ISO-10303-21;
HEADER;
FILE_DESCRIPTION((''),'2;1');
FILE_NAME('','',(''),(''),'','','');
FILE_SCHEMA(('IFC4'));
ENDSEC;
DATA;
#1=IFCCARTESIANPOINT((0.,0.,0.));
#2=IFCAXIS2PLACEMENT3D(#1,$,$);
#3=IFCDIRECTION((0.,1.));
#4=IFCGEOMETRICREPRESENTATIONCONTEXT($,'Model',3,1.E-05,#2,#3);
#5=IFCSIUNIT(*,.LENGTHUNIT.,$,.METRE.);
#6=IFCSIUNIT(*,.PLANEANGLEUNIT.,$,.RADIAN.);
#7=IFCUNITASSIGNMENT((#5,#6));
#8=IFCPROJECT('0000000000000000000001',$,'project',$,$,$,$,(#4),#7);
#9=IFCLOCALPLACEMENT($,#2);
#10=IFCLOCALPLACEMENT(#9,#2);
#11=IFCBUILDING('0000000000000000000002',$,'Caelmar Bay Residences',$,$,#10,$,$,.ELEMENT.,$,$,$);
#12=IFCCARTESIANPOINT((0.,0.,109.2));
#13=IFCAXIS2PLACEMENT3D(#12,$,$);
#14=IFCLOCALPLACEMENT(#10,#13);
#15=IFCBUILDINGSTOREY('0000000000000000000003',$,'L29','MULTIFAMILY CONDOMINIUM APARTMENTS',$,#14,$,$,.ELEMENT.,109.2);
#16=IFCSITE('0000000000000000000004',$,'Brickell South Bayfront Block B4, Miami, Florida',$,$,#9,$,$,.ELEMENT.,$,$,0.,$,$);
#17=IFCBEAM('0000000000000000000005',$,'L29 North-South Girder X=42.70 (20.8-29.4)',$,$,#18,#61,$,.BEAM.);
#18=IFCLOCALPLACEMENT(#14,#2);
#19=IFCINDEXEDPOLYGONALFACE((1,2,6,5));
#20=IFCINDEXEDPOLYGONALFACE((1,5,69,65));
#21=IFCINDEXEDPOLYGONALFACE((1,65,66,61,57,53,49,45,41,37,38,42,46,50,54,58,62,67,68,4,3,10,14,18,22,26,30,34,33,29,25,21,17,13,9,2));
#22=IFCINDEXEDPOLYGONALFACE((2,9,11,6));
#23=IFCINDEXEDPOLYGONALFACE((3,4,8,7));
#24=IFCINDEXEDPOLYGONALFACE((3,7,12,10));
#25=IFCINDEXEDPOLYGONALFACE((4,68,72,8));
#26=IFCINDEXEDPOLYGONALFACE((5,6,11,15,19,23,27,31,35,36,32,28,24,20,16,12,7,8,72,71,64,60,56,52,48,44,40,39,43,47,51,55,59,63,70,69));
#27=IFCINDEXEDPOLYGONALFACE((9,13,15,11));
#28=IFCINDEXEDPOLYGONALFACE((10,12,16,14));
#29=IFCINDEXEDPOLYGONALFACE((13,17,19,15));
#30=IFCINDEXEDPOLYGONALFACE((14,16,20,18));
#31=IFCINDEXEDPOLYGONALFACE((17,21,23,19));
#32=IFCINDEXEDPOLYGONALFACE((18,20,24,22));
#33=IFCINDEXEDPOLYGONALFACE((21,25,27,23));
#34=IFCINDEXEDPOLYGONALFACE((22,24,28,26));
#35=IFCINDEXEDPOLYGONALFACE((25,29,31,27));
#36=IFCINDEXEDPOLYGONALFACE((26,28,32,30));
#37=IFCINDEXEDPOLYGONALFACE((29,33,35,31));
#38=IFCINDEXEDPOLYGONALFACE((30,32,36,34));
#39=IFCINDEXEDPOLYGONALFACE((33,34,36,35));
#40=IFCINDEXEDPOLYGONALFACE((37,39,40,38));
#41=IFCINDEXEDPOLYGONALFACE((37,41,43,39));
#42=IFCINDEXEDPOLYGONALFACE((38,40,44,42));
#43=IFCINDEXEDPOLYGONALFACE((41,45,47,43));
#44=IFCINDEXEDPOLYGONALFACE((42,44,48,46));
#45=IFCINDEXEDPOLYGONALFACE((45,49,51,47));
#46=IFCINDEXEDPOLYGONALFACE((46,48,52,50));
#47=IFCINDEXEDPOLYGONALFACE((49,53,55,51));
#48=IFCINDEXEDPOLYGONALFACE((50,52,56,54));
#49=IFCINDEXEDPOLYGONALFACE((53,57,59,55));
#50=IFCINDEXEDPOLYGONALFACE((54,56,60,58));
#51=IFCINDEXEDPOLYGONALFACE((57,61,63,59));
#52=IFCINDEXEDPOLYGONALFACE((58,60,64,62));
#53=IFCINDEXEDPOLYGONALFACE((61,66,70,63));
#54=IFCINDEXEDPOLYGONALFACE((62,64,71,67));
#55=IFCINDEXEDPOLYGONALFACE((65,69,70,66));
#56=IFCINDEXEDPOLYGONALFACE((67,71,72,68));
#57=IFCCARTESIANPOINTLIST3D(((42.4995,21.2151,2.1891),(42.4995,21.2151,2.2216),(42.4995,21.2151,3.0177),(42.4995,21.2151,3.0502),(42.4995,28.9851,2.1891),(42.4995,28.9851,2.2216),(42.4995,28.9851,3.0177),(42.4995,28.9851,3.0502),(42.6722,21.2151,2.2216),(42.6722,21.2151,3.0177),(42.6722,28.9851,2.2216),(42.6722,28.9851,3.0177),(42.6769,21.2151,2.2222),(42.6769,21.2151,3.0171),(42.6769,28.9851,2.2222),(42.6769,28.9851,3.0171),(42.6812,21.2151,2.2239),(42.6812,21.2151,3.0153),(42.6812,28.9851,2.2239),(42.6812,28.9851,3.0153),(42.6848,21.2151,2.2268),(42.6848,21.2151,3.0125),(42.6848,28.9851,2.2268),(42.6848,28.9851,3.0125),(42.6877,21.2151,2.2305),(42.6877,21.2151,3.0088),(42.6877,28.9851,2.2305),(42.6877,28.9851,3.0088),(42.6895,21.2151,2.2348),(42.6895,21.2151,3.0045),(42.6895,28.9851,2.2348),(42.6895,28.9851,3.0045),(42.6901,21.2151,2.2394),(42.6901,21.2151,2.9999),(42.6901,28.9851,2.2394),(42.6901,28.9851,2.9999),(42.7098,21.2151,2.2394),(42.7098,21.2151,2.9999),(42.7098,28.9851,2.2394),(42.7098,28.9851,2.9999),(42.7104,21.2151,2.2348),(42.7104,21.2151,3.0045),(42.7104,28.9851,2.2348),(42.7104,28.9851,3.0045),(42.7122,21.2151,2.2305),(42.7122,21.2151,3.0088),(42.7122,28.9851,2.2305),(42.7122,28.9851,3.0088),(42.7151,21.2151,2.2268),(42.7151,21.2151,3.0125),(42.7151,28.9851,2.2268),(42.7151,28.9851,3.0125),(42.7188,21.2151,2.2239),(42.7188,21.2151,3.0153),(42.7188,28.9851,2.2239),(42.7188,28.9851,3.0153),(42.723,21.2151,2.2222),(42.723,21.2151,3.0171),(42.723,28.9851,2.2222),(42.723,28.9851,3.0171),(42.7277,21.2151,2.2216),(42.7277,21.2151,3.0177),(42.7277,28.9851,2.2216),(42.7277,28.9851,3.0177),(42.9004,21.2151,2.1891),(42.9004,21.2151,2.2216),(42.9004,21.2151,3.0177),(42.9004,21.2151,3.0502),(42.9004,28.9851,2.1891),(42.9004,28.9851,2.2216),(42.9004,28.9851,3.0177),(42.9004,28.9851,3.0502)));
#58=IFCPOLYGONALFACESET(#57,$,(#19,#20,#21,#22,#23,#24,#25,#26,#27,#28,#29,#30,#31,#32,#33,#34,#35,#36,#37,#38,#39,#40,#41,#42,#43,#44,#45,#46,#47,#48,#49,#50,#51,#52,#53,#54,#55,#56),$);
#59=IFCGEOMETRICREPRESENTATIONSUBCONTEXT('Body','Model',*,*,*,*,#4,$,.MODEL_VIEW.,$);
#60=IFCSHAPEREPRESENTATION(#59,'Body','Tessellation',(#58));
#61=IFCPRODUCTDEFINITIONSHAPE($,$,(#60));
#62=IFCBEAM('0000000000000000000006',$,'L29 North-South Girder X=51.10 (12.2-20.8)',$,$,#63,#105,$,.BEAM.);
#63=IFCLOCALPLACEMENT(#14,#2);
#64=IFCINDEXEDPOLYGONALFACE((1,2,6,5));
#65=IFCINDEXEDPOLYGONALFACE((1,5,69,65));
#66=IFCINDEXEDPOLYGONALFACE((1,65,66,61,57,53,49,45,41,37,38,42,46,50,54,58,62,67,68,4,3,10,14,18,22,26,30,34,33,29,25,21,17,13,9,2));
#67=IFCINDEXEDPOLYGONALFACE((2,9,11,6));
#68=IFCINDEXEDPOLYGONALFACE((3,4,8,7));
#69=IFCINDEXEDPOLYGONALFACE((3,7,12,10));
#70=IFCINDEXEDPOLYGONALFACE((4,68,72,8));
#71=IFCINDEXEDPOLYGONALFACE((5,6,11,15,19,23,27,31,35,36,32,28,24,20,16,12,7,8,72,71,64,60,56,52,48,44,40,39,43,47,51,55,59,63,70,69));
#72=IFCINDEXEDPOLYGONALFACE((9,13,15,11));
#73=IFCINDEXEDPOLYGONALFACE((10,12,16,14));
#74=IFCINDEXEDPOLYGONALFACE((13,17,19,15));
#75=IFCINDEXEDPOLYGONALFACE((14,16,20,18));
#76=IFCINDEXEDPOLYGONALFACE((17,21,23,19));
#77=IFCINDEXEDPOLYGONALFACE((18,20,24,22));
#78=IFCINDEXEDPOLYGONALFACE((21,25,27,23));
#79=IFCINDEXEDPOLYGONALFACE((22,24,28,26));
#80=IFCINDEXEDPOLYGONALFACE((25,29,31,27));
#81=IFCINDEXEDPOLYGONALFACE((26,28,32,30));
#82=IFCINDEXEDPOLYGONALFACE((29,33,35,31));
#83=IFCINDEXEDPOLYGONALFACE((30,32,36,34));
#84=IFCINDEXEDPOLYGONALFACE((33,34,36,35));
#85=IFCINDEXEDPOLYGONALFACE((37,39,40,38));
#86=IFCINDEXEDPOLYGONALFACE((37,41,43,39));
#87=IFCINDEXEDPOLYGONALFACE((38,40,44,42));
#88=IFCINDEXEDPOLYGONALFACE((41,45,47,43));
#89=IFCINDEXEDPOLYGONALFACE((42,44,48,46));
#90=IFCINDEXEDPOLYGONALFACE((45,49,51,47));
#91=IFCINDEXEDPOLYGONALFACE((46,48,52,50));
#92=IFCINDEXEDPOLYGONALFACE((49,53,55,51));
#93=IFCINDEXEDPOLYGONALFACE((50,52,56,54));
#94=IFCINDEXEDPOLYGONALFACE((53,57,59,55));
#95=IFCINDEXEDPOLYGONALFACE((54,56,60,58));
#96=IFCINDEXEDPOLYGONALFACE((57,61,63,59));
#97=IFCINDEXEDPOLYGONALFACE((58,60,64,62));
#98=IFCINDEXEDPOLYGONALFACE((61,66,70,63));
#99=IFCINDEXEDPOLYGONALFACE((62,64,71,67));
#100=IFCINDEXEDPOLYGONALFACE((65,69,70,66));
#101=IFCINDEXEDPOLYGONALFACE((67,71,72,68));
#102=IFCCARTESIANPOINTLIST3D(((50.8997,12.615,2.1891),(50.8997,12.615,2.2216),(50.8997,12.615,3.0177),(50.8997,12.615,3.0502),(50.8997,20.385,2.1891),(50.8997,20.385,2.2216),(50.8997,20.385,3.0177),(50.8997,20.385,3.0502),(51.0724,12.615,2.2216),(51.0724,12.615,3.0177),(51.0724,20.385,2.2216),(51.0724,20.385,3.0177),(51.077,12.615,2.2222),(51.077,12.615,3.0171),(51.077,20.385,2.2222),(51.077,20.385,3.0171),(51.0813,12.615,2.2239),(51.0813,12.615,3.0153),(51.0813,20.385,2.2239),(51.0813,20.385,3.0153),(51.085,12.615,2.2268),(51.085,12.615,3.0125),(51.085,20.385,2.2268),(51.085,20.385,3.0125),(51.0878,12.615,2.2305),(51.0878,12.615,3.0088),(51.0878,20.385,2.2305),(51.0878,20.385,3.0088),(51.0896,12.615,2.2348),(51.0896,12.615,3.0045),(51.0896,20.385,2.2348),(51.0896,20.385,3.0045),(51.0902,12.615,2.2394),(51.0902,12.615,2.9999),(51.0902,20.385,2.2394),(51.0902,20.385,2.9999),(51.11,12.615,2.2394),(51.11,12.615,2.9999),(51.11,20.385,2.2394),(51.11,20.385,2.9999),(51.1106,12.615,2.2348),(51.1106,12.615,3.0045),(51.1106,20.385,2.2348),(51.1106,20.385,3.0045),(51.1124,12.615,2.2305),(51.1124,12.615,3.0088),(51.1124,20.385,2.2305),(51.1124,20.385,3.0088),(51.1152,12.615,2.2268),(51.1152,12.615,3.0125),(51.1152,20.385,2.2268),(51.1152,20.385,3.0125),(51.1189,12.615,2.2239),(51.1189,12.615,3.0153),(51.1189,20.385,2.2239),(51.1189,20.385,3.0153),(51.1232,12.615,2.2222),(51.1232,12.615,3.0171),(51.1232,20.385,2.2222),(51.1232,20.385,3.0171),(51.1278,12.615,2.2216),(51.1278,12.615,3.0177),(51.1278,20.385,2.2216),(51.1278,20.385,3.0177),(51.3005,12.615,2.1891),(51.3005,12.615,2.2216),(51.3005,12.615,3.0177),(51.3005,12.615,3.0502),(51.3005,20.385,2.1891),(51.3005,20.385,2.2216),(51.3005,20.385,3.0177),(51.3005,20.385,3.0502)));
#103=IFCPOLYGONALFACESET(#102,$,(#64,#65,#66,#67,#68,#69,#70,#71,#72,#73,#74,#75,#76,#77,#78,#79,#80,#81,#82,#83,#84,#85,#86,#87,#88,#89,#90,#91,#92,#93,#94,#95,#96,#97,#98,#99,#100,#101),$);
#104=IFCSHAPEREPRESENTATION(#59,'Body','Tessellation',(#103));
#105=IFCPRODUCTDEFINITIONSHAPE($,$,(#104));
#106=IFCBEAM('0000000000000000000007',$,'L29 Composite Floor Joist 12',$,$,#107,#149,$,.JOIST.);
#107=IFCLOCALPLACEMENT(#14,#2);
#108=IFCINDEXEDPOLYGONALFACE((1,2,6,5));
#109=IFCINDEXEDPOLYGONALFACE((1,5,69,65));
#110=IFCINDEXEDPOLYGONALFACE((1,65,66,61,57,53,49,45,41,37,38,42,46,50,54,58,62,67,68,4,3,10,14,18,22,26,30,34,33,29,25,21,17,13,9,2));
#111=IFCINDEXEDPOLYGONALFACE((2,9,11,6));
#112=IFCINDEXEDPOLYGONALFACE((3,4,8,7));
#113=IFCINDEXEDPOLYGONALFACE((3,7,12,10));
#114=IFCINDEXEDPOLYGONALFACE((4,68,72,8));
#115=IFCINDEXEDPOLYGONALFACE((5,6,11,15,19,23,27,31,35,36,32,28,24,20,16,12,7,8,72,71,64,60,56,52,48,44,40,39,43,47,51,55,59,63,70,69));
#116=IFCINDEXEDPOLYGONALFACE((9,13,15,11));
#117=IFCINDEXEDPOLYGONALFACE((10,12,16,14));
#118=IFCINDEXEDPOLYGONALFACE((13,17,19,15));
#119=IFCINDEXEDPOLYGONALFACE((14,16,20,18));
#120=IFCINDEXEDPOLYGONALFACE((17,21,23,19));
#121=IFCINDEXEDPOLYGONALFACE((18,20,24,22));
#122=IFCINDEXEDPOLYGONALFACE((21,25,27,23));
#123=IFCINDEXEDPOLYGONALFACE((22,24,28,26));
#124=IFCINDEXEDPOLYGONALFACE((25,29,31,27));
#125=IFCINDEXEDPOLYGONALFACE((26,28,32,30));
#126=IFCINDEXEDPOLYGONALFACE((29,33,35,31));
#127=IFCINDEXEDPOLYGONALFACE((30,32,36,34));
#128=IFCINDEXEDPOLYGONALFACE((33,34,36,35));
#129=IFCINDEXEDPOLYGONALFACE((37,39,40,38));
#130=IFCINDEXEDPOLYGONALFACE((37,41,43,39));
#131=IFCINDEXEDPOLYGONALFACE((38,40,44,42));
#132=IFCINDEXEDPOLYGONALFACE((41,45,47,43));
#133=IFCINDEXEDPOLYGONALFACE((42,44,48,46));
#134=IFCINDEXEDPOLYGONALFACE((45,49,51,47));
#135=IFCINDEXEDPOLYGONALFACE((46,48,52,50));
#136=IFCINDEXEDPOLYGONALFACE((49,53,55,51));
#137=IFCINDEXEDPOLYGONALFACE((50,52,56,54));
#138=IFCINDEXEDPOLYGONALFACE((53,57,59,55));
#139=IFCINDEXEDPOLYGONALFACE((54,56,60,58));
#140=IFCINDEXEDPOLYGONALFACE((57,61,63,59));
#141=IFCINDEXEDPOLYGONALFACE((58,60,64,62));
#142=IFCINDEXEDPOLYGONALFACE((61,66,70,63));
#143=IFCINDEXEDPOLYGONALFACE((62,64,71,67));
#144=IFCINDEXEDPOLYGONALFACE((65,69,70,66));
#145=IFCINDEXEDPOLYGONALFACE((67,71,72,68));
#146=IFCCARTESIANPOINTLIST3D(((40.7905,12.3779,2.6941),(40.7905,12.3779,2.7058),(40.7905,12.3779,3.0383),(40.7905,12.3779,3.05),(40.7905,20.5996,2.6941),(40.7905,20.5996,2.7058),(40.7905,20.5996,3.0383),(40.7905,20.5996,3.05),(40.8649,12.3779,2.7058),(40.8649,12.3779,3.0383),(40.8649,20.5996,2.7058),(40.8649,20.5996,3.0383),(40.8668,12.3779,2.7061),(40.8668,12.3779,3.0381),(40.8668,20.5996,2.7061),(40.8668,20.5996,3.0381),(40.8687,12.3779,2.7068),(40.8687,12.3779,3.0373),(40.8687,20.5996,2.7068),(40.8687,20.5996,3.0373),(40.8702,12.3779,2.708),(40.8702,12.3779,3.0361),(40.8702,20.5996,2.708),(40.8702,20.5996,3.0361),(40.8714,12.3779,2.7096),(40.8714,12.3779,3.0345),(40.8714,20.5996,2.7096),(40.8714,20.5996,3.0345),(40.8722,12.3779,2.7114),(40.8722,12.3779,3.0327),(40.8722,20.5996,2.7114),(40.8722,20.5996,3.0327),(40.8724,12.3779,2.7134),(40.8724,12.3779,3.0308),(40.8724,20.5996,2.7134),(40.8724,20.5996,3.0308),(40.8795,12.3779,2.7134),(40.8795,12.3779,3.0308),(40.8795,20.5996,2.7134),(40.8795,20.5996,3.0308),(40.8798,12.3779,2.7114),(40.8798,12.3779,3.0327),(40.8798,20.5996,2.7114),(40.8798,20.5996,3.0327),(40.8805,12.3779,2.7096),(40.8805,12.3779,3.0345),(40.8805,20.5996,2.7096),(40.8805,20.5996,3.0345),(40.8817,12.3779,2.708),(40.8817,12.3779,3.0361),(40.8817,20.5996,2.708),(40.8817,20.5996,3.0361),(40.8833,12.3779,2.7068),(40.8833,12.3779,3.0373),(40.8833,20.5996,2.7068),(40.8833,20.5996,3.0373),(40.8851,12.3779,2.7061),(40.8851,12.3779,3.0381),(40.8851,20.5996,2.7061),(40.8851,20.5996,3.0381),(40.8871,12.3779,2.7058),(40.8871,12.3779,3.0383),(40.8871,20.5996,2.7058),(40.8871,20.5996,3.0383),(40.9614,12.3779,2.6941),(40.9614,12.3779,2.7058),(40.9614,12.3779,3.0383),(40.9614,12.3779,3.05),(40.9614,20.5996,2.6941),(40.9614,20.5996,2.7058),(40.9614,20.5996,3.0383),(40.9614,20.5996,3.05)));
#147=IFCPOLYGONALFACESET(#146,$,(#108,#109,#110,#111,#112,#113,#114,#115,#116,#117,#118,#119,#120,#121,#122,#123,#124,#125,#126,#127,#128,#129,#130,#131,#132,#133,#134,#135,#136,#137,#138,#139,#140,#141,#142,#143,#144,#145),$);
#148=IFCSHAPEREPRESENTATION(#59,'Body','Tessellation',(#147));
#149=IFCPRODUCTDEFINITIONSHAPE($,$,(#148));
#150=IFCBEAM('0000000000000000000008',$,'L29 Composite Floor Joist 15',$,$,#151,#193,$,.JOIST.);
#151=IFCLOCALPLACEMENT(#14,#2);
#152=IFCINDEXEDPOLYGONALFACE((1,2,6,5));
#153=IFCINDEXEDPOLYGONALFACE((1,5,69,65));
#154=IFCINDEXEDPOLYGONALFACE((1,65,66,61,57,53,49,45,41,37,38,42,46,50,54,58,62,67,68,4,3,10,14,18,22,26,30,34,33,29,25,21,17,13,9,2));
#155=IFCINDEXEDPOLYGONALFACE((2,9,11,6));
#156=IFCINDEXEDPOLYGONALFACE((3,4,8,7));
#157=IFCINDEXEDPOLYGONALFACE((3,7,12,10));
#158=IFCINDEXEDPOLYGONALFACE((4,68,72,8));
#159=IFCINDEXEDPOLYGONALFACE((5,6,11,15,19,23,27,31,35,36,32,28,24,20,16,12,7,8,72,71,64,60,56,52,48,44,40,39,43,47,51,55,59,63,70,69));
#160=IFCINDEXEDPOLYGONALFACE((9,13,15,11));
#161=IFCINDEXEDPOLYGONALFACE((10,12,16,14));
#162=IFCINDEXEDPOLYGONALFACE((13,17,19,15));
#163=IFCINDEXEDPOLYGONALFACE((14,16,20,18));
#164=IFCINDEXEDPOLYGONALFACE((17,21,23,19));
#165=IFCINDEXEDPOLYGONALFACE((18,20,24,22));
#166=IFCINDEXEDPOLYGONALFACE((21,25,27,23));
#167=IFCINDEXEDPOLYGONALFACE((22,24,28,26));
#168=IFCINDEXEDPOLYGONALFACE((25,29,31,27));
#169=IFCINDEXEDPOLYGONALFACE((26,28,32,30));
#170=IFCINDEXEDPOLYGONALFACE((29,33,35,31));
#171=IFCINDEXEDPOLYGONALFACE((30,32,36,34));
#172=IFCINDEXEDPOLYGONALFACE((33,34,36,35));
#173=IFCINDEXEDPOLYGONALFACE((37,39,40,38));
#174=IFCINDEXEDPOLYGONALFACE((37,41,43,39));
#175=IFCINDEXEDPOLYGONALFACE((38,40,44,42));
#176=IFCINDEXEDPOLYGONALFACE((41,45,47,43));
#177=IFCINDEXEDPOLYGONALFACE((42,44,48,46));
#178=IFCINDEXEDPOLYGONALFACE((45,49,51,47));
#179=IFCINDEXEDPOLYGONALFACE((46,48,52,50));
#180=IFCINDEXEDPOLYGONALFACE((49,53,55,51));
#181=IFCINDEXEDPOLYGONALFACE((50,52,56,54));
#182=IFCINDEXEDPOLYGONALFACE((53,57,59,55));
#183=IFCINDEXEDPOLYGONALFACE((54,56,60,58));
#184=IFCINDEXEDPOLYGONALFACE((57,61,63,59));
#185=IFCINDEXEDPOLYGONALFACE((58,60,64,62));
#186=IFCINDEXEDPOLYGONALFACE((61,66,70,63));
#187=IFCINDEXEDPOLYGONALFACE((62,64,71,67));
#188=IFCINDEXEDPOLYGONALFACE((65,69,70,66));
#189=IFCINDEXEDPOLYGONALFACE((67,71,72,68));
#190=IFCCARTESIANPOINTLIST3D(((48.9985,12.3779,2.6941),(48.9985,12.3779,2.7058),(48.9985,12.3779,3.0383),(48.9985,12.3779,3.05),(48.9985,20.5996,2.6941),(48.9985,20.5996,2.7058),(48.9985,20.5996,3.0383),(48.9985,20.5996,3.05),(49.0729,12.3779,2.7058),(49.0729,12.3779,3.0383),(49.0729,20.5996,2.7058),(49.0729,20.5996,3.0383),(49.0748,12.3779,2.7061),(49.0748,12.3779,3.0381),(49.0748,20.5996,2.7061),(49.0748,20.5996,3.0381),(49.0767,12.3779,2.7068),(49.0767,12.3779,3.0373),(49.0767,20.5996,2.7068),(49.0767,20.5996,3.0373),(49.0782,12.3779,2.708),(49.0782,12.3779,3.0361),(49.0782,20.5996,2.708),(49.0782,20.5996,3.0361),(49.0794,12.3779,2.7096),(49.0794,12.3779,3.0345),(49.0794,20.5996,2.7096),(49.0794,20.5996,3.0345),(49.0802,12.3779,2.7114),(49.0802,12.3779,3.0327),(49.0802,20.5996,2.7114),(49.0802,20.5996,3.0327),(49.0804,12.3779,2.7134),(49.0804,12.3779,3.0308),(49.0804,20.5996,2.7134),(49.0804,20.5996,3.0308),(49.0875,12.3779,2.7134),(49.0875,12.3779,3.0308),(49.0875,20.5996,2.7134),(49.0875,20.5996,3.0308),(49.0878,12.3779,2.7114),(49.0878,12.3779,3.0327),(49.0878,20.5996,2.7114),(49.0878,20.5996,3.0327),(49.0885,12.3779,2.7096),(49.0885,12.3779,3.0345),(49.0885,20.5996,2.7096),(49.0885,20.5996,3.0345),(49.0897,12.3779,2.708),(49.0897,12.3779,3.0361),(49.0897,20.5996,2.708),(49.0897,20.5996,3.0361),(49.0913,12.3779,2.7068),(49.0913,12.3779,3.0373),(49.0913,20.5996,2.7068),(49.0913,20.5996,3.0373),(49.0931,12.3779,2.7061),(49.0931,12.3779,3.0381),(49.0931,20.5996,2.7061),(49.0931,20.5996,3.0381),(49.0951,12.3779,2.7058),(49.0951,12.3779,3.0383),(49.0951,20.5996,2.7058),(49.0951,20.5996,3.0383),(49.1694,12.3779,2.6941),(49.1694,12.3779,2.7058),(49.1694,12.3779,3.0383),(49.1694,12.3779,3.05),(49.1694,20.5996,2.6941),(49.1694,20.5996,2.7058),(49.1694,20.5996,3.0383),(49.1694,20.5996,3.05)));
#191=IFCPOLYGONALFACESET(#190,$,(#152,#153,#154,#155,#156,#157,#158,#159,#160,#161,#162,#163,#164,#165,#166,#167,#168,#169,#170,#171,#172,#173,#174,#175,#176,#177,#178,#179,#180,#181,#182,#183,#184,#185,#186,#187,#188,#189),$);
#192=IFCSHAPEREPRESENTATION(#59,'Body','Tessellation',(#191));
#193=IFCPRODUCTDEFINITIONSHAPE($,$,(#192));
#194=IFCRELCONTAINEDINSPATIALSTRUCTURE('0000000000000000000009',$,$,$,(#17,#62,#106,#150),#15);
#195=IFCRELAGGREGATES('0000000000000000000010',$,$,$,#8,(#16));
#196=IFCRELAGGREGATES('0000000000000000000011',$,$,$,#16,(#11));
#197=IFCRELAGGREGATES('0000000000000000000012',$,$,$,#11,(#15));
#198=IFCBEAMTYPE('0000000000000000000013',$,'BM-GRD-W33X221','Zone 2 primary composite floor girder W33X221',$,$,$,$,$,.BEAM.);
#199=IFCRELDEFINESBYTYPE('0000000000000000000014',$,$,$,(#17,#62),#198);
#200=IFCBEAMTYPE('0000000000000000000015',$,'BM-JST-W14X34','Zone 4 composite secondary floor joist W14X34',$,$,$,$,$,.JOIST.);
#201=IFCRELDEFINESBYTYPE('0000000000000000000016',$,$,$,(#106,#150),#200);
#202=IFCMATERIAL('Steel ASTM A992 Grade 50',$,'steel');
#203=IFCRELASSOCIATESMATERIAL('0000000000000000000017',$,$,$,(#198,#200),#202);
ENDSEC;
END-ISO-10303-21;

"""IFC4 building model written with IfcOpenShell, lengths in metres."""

from ifc_helpers import new_model, si_unit, direction, frame, origin, origin_2d, place, context, subcontext, project, spatial, i_section, extrude, material, material_profile, profile_set, type_object, element, save


model = new_model("IFC4")

# Units and contexts
model_context = context("Model", 3, precision=1e-05, world=origin(), true_north=direction((0.0, 1.0)))
body_context = subcontext(model_context, "Body", "Model", "MODEL_VIEW")
ifc_project = project(units=[si_unit("LENGTHUNIT", "METRE"), si_unit("PLANEANGLEUNIT", "RADIAN")], contexts=[model_context])

# Site, building, storey
site_placement = place(None, origin())
site = spatial("IfcSite", under=ifc_project, at=site_placement, Name="Brickell South Bayfront Block B4, Miami, Florida", CompositionType="ELEMENT", RefElevation=0.0)
building_placement = place(site_placement, origin())
building = spatial("IfcBuilding", under=site, at=building_placement, Name="Caelmar Bay Residences", CompositionType="ELEMENT")
storey_placement = place(building_placement, frame((0.0, 0.0, 109.2)))
storey = spatial("IfcBuildingStorey", under=building, at=storey_placement, Name="L29", Description="MULTIFAMILY CONDOMINIUM APARTMENTS", CompositionType="ELEMENT", Elevation=109.2)

# Beams
ifc_material_1 = material(Name="Steel ASTM A992 Grade 50", Category="steel")
ifc_material_profile_1 = material_profile(ifc_material_1, i_section(OverallWidth=0.4009, OverallDepth=0.8611, WebThickness=0.0198, FlangeThickness=0.0325, FilletRadius=0.0178, at=origin_2d()), Name="W33X221")
ifc_profile_set_1 = profile_set([ifc_material_profile_1], Name="Steel ASTM A992 Grade 50")
beam_type_1 = type_object("IfcBeamType", Name="BM-GRD-W33X221", Description="Zone 2 primary composite floor girder W33X221", PredefinedType="BEAM", material=ifc_profile_set_1)
for number, where, z_axis, x_axis, name in (
    (1, (42.7, 21.2151, 2.6196), (0.0, 1.0, 0.0), (-1.0, 0.0, 0.0), "L29 North-South Girder X=42.70 (20.8-29.4)"),
    (2, (51.1001, 12.615, 2.6196), (0.0, 1.0, 0.0), (-1.0, 0.0, 0.0), "L29 North-South Girder X=51.10 (12.2-20.8)"),
):
    element("IfcBeam", number, at=place(storey_placement, frame(where, z_axis=z_axis, x_axis=x_axis)), inside=storey, type_object=beam_type_1, Name=name, PredefinedType="BEAM", context=body_context, shape_type="SweptSolid", body=[
        extrude(i_section(OverallWidth=0.4009, OverallDepth=0.8611, WebThickness=0.0198, FlangeThickness=0.0325, FilletRadius=0.0178, at=origin_2d()), origin(), (0.0, 0.0, 1.0), 7.77),
    ])
ifc_material_profile_2 = material_profile(ifc_material_1, i_section(OverallWidth=0.1709, OverallDepth=0.356, WebThickness=0.0071, FlangeThickness=0.0117, FilletRadius=0.0076, at=origin_2d()), Name="W14X34")
ifc_profile_set_2 = profile_set([ifc_material_profile_2], Name="Steel ASTM A992 Grade 50")
beam_type_2 = type_object("IfcBeamType", Name="BM-JST-W14X34", Description="Zone 4 composite secondary floor joist W14X34", PredefinedType="JOIST", material=ifc_profile_set_2)
for number, where, z_axis, x_axis, name in (
    (3, (40.876, 12.3779, 2.8721), (0.0, 1.0, 0.0), (-1.0, 0.0, 0.0), "L29 Composite Floor Joist 12"),
    (4, (49.084, 12.3779, 2.8721), (0.0, 1.0, 0.0), (-1.0, 0.0, 0.0), "L29 Composite Floor Joist 15"),
):
    element("IfcBeam", number, at=place(storey_placement, frame(where, z_axis=z_axis, x_axis=x_axis)), inside=storey, type_object=beam_type_2, Name=name, PredefinedType="JOIST", context=body_context, shape_type="SweptSolid", body=[
        extrude(i_section(OverallWidth=0.1709, OverallDepth=0.356, WebThickness=0.0071, FlangeThickness=0.0117, FilletRadius=0.0076, at=origin_2d()), origin(), (0.0, 0.0, 1.0), 8.2217),
    ])

save(model, "model.ifc")
